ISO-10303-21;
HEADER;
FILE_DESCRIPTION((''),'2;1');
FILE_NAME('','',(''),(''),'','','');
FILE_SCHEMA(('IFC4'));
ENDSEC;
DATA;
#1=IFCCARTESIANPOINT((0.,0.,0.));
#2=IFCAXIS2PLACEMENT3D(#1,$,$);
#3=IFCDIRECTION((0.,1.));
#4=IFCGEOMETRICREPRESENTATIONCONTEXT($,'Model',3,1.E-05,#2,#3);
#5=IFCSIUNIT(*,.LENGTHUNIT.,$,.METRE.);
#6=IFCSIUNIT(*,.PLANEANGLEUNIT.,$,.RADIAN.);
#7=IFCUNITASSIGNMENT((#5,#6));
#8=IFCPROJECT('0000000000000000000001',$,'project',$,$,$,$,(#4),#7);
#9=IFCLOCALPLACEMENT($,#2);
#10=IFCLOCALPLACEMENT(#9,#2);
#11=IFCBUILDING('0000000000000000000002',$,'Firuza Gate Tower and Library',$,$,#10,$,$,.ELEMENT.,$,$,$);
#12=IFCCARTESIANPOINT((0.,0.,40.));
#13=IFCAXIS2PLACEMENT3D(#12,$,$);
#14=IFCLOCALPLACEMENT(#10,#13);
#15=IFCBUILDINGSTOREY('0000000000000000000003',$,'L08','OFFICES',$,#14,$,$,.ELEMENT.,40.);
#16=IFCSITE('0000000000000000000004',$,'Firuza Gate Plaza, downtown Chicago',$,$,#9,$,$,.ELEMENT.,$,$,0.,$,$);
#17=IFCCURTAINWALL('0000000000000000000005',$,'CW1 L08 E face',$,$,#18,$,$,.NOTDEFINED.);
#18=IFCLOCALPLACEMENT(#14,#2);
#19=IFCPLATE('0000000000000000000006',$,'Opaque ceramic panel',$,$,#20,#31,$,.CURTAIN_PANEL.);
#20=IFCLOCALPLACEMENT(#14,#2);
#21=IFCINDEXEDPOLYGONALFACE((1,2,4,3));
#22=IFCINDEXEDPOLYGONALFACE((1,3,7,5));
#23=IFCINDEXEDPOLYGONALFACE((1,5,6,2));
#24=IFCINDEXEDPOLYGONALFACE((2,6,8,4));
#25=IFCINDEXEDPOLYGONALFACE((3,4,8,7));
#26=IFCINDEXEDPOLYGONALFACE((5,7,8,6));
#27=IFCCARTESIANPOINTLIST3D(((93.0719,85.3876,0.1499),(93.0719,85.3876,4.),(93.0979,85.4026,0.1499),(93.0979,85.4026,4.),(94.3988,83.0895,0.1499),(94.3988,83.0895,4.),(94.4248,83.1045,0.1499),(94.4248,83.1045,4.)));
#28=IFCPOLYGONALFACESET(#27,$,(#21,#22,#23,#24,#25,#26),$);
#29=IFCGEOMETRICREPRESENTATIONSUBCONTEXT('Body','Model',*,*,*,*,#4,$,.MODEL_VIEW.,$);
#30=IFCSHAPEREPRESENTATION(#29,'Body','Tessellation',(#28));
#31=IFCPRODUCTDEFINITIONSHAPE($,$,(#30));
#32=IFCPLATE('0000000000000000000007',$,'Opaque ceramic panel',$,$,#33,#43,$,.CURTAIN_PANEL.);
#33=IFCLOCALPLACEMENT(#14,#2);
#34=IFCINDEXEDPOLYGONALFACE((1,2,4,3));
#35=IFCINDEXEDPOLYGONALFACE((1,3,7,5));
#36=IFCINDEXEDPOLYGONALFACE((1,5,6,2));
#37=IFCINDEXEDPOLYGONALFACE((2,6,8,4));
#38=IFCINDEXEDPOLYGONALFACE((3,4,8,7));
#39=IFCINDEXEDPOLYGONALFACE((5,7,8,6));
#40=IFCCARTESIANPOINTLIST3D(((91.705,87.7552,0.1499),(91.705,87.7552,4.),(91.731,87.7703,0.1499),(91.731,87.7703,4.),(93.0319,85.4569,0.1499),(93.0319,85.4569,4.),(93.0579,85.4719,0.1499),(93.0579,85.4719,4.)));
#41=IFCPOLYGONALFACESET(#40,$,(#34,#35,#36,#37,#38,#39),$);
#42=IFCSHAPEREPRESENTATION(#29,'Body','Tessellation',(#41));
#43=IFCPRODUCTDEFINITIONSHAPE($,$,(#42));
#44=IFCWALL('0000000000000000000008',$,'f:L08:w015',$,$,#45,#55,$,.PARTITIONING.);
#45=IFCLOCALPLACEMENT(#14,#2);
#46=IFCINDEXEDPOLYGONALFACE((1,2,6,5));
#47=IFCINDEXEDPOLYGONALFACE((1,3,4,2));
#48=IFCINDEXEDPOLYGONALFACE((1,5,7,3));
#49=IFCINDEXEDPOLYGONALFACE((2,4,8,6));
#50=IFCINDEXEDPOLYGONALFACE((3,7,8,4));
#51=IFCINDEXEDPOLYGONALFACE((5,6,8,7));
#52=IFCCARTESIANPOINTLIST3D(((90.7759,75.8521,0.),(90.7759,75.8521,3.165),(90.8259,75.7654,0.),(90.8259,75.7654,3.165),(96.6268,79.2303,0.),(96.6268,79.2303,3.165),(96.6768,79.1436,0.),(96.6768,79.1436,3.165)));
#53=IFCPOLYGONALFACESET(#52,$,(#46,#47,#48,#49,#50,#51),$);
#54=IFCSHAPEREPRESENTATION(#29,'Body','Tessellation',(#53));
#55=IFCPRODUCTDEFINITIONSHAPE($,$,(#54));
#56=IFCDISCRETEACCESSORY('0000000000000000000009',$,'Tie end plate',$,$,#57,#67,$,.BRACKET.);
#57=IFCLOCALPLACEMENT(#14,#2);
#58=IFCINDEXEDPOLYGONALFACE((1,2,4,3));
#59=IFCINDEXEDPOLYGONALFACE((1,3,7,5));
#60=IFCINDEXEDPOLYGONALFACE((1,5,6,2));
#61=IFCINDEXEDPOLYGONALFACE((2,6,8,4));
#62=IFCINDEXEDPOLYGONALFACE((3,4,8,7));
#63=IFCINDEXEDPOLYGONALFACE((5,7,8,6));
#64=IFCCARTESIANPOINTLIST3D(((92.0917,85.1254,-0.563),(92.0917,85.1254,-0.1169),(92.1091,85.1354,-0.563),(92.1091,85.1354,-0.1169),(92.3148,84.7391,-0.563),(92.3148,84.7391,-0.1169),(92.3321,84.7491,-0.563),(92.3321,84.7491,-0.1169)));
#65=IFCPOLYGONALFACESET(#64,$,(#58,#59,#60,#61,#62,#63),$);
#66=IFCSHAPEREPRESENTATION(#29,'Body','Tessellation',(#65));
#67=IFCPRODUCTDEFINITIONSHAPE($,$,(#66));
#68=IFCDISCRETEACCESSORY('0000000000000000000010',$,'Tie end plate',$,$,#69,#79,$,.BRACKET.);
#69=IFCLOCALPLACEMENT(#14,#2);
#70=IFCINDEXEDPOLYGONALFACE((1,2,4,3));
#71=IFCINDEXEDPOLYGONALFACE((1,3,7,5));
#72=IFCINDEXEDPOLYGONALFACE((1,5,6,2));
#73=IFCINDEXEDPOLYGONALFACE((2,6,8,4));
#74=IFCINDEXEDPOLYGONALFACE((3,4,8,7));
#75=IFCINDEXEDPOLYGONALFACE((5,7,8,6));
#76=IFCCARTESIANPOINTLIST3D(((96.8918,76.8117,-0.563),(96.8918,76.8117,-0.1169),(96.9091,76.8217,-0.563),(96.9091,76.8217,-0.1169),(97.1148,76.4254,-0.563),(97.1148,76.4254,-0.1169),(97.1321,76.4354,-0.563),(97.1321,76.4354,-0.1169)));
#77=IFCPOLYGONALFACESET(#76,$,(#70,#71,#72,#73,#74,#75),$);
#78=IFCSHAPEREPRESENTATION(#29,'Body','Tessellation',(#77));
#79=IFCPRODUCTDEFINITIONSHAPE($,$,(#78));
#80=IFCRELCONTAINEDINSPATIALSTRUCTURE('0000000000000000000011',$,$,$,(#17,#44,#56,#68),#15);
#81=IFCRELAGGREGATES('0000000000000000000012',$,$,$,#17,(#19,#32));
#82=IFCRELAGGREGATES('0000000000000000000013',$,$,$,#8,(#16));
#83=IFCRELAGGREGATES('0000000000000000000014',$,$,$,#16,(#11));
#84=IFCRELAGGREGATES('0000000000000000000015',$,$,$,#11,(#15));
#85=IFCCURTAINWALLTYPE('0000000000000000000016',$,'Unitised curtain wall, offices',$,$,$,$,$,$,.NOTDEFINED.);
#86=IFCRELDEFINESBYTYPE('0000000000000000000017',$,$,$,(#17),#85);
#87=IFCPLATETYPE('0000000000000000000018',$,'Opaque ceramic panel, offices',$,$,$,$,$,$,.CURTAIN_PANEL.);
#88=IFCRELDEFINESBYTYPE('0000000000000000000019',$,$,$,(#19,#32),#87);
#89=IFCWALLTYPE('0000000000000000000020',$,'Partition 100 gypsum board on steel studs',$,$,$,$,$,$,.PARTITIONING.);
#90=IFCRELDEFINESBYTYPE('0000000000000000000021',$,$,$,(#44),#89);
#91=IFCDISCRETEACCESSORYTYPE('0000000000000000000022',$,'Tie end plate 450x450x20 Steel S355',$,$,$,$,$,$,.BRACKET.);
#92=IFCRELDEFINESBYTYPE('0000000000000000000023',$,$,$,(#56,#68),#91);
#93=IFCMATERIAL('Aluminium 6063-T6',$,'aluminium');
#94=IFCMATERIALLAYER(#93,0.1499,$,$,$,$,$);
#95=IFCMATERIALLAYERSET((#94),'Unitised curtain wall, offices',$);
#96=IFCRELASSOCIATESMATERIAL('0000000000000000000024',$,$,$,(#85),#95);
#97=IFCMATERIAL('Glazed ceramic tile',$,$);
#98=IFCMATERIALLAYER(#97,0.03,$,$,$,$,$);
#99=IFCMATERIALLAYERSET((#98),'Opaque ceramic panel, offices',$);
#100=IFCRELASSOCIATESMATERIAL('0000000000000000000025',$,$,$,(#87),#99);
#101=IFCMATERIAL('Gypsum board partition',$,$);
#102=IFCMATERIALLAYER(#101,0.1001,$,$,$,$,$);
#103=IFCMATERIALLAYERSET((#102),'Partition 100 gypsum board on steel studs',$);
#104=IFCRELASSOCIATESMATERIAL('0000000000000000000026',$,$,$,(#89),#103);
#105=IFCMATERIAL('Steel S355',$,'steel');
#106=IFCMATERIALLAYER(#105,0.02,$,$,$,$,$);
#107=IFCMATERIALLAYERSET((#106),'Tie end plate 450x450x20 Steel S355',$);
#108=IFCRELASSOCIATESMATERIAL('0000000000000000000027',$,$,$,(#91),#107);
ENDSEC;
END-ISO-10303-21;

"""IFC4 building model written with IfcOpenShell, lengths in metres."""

from ifc_helpers import new_model, si_unit, direction, frame, frame_2d, origin, origin_2d, place, context, subcontext, project, spatial, polyline, rectangle, outline, extrude, material, layer, layer_set, type_object, element, aggregate, save


model = new_model("IFC4")

# Units and contexts
model_context = context("Model", 3, precision=1e-05, world=origin(), true_north=direction((0.0, 1.0)))
body_context = subcontext(model_context, "Body", "Model", "MODEL_VIEW")
ifc_project = project(units=[si_unit("LENGTHUNIT", "METRE"), si_unit("PLANEANGLEUNIT", "RADIAN")], contexts=[model_context])

# Site, building, storey
site_placement = place(None, origin())
site = spatial("IfcSite", under=ifc_project, at=site_placement, Name="Firuza Gate Plaza, downtown Chicago", CompositionType="ELEMENT", RefElevation=0.0)
building_placement = place(site_placement, origin())
building = spatial("IfcBuilding", under=site, at=building_placement, Name="Firuza Gate Tower and Library", CompositionType="ELEMENT")
storey_placement = place(building_placement, frame((0.0, 0.0, 40.0)))
storey = spatial("IfcBuildingStorey", under=building, at=storey_placement, Name="L08", Description="OFFICES", CompositionType="ELEMENT", Elevation=40.0)

# Curtain wall
ifc_material_1 = material(Name="Aluminium 6063-T6", Category="aluminium")
ifc_layer_1 = layer(ifc_material_1, 0.1499)
ifc_layer_set_1 = layer_set([ifc_layer_1], Name="Unitised curtain wall, offices")
curtain_wall_type = type_object("IfcCurtainWallType", Name="Unitised curtain wall, offices", PredefinedType="NOTDEFINED", material=ifc_layer_set_1)
curtain_wall_placement = place(storey_placement, origin())
curtain_wall = element("IfcCurtainWall", 1, at=curtain_wall_placement, inside=storey, type_object=curtain_wall_type, Name="CW1 L08 E face", PredefinedType="NOTDEFINED")

# Plates
ifc_material_2 = material(Name="Glazed ceramic tile")
ifc_layer_2 = layer(ifc_material_2, 0.03)
ifc_layer_set_2 = layer_set([ifc_layer_2], Name="Opaque ceramic panel, offices")
plate_type_1 = type_object("IfcPlateType", Name="Opaque ceramic panel, offices", PredefinedType="CURTAIN_PANEL", material=ifc_layer_set_2)
plate_1_placement = place(storey_placement, frame((94.4248, 83.1045, 0.1499), z_axis=(0.866009, 0.500028, 0.0), x_axis=(-0.500028, 0.866009, 0.0)))
plate_1 = element("IfcPlate", 2, at=plate_1_placement, type_object=plate_type_1, Name="Opaque ceramic panel", PredefinedType="CURTAIN_PANEL", context=body_context, shape_type="SweptSolid", body=[
    extrude(outline(polyline([(0.0, 0.0), (2.6537, 0.0), (2.6537, 3.8501), (0.0, 3.8501), (0.0, 0.0)])), origin(), (0.0, 0.0, -1.0), 0.03),
])
plate_2_placement = place(storey_placement, frame((93.0579, 85.4719, 0.1499), z_axis=(0.866032, 0.499988, 0.0), x_axis=(-0.499988, 0.866032, 0.0)))
plate_2 = element("IfcPlate", 3, at=plate_2_placement, type_object=plate_type_1, Name="Opaque ceramic panel", PredefinedType="CURTAIN_PANEL", context=body_context, shape_type="SweptSolid", body=[
    extrude(outline(polyline([(0.0, 0.0), (2.6539, 0.0), (2.6539, 3.8501), (0.0, 3.8501), (0.0, 0.0)])), origin(), (0.0, 0.0, -1.0), 0.03),
])
aggregate(curtain_wall, [plate_1, plate_2])

# Wall
ifc_material_3 = material(Name="Gypsum board partition")
ifc_layer_3 = layer(ifc_material_3, 0.1001)
ifc_layer_set_3 = layer_set([ifc_layer_3], Name="Partition 100 gypsum board on steel studs")
wall_type = type_object("IfcWallType", Name="Partition 100 gypsum board on steel studs", PredefinedType="PARTITIONING", material=ifc_layer_set_3)
wall_placement = place(storey_placement, frame((90.801, 75.8088, 0.0), z_axis=(0.0, 0.0, 1.0), x_axis=(0.866013, 0.500022, 0.0)))
element("IfcWall", 4, at=wall_placement, inside=storey, type_object=wall_type, Name="f:L08:w015", PredefinedType="PARTITIONING", context=body_context, shape_type="SweptSolid", body=[
    extrude(rectangle(XDim=6.7561, YDim=0.1001, at=frame_2d((3.3779, 0.0))), origin(), (0.0, 0.0, 1.0), 3.165),
])

# Discrete accessories
ifc_material_4 = material(Name="Steel S355", Category="steel")
ifc_layer_4 = layer(ifc_material_4, 0.02)
ifc_layer_set_4 = layer_set([ifc_layer_4], Name="Tie end plate 450x450x20 Steel S355")
discrete_accessory_type = type_object("IfcDiscreteAccessoryType", Name="Tie end plate 450x450x20 Steel S355", PredefinedType="BRACKET", material=ifc_layer_set_4)
for number, where, z_axis, x_axis, name in (
    (5, (92.2119, 84.9373, -0.563), (0.0, 0.0, 1.0), (-0.866025, -0.5, 0.0), "Tie end plate"),
    (6, (97.012, 76.6235, -0.563), (0.0, 0.0, 1.0), (-0.866025, -0.5, 0.0), "Tie end plate"),
):
    element("IfcDiscreteAccessory", number, at=place(storey_placement, frame(where, z_axis=z_axis, x_axis=x_axis)), inside=storey, type_object=discrete_accessory_type, Name=name, PredefinedType="BRACKET", context=body_context, shape_type="SweptSolid", body=[
        extrude(rectangle(XDim=0.02, YDim=0.446, at=origin_2d()), origin(), (0.0, 0.0, 1.0), 0.446),
    ])

save(model, "model.ifc")
